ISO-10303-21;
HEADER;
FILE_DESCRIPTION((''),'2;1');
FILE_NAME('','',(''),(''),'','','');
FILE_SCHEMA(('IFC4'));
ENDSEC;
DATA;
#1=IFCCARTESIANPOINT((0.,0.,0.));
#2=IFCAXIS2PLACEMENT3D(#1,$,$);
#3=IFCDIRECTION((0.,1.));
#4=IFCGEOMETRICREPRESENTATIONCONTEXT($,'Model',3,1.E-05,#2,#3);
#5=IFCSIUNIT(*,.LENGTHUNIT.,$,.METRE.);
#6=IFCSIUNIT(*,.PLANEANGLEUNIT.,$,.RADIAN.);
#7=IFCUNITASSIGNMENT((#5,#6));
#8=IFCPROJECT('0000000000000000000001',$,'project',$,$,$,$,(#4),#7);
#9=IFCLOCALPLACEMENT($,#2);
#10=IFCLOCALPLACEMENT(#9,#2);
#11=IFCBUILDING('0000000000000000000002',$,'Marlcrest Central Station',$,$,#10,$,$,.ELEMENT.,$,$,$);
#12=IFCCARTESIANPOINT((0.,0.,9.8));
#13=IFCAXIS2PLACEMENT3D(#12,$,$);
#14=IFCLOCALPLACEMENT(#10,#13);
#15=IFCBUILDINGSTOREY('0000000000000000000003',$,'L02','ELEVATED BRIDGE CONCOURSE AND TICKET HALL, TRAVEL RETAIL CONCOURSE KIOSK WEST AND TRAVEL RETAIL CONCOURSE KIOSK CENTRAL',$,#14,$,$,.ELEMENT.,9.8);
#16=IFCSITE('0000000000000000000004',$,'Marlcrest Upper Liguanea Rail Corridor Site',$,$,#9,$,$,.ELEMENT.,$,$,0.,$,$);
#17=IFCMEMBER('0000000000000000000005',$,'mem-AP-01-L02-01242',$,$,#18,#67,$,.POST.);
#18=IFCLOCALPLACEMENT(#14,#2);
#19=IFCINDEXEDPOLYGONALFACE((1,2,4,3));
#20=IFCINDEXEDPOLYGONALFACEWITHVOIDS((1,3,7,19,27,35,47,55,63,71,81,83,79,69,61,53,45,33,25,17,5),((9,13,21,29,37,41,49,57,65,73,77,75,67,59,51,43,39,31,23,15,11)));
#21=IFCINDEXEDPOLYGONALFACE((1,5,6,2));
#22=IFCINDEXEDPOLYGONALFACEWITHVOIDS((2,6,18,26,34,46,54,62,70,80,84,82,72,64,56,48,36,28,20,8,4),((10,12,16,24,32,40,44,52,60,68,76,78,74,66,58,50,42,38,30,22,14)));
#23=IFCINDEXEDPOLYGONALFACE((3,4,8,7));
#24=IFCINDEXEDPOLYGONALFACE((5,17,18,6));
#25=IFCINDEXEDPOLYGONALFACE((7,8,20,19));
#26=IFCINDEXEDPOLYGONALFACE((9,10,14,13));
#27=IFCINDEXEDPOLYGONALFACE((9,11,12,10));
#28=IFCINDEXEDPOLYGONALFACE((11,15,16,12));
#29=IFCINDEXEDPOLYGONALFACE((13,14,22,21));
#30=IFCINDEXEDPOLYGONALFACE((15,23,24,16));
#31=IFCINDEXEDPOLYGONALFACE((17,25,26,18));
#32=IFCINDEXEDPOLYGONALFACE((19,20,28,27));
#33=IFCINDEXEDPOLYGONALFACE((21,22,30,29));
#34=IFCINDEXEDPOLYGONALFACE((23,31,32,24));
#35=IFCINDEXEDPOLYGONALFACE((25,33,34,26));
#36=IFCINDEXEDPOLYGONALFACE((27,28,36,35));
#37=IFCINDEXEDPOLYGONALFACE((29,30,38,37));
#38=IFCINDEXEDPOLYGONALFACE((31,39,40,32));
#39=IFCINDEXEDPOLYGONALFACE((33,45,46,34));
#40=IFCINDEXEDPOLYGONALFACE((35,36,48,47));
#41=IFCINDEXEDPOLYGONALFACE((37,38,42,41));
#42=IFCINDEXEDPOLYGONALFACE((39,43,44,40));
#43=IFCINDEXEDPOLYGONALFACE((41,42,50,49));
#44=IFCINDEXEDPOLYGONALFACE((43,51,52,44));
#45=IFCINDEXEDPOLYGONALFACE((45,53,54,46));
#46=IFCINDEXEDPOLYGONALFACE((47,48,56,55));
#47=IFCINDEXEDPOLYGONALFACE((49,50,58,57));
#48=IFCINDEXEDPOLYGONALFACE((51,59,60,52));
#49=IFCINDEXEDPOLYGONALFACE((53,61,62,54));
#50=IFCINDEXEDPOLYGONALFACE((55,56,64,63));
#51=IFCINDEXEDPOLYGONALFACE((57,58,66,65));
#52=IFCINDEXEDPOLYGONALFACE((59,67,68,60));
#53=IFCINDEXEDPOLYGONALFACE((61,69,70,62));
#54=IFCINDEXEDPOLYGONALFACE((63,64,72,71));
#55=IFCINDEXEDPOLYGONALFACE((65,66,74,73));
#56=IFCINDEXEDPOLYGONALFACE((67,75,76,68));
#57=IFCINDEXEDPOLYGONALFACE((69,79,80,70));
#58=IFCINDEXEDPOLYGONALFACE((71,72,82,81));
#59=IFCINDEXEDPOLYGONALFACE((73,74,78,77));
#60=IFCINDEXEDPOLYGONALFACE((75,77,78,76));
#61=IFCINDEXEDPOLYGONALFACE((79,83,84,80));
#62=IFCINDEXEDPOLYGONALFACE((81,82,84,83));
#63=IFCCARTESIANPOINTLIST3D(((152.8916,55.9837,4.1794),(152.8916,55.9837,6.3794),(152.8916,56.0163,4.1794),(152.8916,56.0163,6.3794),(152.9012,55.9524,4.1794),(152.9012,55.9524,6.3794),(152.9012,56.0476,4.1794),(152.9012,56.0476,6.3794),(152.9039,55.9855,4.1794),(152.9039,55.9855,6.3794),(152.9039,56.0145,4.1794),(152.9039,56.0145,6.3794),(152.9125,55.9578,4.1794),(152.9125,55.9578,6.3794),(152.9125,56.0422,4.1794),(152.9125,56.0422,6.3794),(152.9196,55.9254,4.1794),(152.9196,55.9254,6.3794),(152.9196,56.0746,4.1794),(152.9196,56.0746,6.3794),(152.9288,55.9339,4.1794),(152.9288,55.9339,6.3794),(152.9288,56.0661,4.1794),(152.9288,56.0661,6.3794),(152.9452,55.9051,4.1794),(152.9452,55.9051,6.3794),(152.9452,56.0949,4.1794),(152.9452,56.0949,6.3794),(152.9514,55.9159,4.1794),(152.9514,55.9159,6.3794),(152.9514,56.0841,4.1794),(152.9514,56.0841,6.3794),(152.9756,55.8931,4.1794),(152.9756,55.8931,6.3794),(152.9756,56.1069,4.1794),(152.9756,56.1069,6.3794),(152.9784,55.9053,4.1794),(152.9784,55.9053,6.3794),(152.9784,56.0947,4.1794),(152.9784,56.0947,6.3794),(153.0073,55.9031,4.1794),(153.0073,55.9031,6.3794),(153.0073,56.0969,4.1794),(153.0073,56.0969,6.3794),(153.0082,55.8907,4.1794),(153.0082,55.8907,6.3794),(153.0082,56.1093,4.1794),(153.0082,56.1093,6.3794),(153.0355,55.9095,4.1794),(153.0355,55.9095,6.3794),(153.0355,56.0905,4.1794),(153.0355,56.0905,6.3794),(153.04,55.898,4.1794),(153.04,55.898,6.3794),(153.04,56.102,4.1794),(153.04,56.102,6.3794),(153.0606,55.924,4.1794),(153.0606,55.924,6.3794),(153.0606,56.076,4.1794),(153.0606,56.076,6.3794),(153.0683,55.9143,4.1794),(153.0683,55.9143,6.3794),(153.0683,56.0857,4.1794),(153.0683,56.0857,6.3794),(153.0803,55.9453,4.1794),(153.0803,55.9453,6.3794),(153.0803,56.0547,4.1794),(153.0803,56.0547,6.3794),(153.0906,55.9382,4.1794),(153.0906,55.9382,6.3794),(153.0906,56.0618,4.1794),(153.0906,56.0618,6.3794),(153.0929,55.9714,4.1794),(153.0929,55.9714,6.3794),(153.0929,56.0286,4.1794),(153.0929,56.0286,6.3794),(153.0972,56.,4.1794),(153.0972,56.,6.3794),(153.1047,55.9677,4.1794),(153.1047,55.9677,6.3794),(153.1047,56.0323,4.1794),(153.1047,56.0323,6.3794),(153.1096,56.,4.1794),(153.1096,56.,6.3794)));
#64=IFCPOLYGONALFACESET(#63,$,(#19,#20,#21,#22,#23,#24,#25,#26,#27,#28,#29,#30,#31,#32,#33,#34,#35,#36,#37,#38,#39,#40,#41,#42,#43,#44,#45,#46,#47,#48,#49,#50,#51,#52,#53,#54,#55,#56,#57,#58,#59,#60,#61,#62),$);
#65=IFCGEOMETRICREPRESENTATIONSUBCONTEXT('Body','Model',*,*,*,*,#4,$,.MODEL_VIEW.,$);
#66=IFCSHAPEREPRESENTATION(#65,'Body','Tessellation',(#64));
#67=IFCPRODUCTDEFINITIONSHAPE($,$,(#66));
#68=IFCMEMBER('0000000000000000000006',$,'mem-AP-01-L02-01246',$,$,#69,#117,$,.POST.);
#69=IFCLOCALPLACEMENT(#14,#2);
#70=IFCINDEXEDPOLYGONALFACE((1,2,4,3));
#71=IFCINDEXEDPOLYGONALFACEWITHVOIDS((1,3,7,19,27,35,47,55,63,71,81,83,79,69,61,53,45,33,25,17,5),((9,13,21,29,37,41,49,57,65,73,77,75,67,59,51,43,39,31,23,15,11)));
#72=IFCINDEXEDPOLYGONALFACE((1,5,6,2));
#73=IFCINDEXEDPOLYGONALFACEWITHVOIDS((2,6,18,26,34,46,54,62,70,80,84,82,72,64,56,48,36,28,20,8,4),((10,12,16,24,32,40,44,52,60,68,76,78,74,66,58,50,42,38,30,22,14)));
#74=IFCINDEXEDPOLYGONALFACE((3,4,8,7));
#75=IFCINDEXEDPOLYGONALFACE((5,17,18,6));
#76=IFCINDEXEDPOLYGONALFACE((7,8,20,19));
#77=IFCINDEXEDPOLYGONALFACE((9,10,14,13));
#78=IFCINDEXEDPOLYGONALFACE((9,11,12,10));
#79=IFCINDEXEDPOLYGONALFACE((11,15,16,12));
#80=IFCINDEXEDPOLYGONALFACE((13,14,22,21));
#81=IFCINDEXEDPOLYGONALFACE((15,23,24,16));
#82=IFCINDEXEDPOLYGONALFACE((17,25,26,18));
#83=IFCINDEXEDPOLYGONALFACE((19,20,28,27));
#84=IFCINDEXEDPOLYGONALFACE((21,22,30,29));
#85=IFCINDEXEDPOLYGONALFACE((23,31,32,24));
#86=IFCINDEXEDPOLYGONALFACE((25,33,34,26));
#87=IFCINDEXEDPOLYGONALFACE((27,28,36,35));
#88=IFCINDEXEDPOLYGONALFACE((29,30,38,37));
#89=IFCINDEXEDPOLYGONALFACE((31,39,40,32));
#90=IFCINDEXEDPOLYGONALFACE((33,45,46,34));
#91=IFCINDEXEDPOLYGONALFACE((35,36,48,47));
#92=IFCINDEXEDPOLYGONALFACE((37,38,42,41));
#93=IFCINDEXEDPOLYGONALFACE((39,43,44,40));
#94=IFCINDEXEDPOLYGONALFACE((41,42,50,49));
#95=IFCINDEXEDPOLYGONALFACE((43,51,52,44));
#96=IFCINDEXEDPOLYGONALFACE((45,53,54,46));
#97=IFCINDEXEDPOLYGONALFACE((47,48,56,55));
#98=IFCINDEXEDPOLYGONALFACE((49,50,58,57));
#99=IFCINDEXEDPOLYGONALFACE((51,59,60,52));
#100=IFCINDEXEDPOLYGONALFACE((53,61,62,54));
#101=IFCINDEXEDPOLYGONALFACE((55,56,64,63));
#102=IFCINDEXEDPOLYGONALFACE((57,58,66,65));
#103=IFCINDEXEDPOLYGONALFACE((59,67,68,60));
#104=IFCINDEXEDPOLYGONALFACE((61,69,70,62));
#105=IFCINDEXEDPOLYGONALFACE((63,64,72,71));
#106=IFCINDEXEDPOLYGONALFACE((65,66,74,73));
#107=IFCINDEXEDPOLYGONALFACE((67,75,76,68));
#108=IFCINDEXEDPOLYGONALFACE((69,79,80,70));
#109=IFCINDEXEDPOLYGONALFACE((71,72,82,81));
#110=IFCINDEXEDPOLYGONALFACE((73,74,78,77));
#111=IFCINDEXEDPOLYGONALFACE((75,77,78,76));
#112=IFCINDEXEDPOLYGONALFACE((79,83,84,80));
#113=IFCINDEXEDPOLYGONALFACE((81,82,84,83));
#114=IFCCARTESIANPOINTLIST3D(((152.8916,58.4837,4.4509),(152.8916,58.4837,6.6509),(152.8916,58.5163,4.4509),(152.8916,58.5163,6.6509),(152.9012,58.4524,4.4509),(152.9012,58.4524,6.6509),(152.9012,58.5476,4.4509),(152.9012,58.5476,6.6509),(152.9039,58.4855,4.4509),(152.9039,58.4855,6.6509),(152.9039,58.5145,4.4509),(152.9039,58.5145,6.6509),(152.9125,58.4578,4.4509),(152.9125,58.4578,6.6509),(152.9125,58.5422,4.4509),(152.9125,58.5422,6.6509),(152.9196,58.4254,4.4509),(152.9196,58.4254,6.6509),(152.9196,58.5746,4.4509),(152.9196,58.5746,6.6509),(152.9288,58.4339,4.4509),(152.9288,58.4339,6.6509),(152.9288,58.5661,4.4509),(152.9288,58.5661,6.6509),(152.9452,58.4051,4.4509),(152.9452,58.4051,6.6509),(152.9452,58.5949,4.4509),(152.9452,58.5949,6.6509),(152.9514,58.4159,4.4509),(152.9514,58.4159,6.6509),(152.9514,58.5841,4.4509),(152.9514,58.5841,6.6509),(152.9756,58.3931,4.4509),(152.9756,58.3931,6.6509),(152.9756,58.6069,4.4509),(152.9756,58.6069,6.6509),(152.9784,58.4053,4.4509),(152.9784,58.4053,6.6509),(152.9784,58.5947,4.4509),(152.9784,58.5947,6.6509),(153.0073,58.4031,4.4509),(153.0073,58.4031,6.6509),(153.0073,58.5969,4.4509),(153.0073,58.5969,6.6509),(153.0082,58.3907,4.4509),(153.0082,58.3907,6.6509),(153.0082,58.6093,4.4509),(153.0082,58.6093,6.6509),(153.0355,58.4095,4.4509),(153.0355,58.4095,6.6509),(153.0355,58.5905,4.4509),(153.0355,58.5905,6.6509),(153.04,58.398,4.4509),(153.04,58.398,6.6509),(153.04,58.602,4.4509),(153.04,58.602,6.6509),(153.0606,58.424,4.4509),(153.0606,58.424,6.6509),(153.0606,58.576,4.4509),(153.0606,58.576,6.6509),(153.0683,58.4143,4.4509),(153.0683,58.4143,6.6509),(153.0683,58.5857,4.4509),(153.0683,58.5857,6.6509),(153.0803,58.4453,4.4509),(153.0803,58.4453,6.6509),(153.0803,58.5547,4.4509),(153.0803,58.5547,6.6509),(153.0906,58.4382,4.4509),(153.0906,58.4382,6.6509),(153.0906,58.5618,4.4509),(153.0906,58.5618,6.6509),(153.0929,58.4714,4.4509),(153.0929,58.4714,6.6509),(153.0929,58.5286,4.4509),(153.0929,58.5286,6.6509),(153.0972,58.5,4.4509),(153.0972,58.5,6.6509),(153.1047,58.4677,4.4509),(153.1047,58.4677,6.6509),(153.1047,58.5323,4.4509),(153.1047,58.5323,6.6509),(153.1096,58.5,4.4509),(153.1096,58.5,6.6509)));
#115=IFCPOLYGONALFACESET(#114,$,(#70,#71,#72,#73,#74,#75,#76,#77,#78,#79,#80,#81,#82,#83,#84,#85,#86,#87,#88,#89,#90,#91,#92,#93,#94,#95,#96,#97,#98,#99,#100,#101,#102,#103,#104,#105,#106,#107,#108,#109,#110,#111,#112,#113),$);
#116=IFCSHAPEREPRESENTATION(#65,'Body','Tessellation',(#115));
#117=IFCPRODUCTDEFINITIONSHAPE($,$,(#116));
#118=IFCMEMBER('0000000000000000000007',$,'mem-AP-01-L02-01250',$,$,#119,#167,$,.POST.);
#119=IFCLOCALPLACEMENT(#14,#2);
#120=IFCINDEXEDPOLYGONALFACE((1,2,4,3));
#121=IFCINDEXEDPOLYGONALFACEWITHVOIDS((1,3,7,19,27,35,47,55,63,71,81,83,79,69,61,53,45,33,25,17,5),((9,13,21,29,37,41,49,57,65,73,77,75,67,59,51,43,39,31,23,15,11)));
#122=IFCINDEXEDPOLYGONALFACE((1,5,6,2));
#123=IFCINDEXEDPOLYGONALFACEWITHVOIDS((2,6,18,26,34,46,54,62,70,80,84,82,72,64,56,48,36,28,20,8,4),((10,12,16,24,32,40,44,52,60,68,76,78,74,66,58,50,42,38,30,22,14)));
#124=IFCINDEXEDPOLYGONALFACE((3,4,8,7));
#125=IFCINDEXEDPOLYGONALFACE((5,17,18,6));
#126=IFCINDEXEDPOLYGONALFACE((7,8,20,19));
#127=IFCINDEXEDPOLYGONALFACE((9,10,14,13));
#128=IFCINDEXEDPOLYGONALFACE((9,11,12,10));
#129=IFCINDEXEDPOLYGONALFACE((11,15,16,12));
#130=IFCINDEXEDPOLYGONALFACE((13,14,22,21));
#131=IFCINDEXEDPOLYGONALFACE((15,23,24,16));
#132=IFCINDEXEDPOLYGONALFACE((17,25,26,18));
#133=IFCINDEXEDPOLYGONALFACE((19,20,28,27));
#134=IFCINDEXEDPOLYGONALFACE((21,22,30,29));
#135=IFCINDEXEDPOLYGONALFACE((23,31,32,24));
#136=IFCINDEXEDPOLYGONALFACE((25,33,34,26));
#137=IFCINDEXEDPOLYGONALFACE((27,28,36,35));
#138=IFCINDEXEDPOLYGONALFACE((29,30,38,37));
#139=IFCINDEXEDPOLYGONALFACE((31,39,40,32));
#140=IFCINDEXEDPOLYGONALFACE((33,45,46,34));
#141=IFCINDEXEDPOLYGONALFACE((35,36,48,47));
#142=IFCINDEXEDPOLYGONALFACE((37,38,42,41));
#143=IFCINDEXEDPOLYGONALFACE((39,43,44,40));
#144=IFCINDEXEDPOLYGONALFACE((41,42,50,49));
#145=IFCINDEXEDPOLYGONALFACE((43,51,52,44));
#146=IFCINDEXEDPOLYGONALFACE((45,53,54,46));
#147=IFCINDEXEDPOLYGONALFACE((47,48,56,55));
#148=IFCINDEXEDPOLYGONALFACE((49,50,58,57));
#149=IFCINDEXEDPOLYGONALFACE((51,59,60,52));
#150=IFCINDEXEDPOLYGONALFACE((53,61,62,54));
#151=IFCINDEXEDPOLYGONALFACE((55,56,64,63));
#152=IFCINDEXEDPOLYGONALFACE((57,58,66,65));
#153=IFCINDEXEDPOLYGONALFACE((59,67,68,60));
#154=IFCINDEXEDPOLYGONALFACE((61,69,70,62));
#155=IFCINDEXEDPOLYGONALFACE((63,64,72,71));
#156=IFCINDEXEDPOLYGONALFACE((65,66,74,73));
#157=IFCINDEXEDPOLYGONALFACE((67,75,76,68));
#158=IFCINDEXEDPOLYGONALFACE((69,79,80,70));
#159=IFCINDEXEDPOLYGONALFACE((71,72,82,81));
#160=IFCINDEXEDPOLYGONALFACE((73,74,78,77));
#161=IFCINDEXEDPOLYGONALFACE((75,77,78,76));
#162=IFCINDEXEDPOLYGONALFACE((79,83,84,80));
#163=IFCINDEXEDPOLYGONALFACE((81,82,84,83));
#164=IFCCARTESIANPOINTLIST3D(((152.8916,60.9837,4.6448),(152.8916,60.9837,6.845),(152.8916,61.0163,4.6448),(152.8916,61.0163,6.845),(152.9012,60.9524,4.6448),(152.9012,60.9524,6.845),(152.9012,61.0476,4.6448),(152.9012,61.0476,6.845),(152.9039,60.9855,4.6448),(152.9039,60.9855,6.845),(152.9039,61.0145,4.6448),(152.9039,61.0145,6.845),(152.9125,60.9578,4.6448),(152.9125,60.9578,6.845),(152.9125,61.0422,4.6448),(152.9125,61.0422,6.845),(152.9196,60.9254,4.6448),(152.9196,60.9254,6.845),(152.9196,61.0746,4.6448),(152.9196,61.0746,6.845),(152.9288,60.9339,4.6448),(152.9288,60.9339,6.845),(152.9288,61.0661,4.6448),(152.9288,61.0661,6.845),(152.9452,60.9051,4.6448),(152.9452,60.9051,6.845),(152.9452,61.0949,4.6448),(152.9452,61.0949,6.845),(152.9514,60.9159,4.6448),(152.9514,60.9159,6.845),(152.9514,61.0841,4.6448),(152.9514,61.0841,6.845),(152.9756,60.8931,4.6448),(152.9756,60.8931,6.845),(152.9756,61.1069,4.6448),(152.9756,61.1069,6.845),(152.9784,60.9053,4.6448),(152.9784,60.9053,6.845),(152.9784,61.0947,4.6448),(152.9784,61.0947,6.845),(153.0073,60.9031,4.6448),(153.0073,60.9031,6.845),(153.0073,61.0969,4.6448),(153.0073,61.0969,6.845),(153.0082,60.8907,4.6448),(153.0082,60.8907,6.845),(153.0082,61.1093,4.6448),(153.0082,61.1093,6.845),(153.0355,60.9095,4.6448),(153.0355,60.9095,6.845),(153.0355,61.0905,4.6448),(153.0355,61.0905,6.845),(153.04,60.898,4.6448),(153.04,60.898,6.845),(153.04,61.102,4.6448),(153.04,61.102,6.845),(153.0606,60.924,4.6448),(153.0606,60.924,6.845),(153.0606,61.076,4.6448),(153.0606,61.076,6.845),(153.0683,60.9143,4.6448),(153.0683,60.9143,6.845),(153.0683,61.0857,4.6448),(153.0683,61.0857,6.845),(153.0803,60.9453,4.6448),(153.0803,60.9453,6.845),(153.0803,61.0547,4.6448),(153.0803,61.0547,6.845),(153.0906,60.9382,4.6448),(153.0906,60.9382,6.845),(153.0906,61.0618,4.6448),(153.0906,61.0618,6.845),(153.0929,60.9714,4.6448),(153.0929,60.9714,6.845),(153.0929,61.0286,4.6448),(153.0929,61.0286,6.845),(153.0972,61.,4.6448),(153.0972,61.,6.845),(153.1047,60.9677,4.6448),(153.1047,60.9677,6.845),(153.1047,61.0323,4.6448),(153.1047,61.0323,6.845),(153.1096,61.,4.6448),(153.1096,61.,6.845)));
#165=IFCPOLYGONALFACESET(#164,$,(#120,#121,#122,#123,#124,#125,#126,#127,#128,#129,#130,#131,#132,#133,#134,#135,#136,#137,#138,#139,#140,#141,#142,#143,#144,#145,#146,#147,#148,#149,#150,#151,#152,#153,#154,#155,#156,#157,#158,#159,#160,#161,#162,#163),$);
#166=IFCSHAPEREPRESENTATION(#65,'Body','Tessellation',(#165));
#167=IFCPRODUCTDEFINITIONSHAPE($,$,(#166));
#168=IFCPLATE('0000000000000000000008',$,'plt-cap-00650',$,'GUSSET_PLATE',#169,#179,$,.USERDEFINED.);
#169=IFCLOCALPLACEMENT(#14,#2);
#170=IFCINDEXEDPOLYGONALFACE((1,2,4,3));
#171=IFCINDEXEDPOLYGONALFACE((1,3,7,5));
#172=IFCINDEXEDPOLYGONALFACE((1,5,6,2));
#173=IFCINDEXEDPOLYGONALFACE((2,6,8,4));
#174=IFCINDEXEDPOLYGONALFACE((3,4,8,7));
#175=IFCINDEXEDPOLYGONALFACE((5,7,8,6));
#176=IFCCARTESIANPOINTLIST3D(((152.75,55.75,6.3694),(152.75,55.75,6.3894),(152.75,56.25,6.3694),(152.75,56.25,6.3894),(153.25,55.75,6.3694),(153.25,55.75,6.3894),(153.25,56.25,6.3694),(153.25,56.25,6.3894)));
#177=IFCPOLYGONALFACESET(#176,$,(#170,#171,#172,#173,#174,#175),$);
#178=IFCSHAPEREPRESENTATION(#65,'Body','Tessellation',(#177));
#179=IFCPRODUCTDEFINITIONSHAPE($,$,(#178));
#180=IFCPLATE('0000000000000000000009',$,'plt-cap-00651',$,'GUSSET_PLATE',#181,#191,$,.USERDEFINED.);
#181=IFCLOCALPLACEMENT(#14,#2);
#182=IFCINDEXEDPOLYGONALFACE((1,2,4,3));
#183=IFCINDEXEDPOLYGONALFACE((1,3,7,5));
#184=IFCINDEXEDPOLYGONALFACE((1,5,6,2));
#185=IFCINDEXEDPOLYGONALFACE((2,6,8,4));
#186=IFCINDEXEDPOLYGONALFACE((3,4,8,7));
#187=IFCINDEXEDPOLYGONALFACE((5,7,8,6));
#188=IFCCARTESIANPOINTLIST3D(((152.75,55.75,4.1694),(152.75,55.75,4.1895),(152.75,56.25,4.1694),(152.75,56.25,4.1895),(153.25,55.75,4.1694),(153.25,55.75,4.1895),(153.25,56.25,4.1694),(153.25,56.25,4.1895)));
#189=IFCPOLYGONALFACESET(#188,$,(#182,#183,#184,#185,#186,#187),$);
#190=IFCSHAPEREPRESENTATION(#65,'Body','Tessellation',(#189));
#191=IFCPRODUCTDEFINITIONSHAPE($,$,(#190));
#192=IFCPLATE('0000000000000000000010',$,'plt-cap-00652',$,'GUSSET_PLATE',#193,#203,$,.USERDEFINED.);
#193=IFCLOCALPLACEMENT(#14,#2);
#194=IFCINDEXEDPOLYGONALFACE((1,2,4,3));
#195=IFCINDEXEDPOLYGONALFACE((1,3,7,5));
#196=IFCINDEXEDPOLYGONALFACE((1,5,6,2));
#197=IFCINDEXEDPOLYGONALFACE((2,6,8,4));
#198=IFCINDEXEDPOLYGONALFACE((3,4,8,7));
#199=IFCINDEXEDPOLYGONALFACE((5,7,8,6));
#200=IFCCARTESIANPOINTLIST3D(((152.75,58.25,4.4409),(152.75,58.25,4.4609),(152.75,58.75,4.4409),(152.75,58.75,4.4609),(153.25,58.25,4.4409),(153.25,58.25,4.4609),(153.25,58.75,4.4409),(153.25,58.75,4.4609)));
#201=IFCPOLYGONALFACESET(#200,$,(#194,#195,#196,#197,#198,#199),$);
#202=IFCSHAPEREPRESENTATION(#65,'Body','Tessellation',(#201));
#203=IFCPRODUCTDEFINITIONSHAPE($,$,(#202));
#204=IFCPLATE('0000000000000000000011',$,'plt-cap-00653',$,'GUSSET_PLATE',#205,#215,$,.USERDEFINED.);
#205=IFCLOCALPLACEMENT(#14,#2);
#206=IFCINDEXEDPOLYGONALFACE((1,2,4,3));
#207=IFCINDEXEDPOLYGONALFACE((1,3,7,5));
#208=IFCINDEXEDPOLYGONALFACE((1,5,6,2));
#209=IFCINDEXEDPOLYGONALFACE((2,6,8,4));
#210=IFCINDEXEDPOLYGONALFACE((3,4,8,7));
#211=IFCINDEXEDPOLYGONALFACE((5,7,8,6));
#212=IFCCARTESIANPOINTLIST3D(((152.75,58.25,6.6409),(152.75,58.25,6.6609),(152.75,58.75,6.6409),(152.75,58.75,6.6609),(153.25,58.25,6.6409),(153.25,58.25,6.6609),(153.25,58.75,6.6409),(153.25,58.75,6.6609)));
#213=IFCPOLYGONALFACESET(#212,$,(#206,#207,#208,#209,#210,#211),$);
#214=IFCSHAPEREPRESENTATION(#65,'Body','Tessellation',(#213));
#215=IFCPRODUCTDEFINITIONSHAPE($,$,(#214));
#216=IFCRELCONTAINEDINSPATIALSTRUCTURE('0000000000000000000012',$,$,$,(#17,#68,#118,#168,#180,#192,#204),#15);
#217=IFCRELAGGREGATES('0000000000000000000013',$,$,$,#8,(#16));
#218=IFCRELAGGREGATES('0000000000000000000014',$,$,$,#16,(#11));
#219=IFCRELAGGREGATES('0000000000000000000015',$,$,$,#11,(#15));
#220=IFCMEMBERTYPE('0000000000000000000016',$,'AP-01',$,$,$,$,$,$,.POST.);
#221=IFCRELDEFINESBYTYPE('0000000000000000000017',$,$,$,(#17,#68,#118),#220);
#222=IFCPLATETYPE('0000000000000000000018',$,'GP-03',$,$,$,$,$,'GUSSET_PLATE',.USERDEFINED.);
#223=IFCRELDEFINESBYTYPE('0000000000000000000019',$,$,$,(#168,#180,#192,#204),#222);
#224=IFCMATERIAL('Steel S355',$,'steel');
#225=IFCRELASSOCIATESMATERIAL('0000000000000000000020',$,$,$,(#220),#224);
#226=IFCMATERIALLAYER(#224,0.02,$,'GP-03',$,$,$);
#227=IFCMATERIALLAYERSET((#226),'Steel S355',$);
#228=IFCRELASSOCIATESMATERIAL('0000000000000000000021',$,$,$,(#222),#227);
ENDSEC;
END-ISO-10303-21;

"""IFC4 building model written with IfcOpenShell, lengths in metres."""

from ifc_helpers import new_model, si_unit, direction, frame, origin, origin_2d, place, context, subcontext, project, spatial, rectangle, hollow_circle, extrude, material, layer, layer_set, material_profile, profile_set, type_object, element, save


model = new_model("IFC4")

# Units and contexts
model_context = context("Model", 3, precision=1e-05, world=origin(), true_north=direction((0.0, 1.0)))
body_context = subcontext(model_context, "Body", "Model", "MODEL_VIEW")
ifc_project = project(units=[si_unit("LENGTHUNIT", "METRE"), si_unit("PLANEANGLEUNIT", "RADIAN")], contexts=[model_context])

# Site, building, storey
site_placement = place(None, origin())
site = spatial("IfcSite", under=ifc_project, at=site_placement, Name="Marlcrest Upper Liguanea Rail Corridor Site", CompositionType="ELEMENT", RefElevation=0.0)
building_placement = place(site_placement, origin())
building = spatial("IfcBuilding", under=site, at=building_placement, Name="Marlcrest Central Station", CompositionType="ELEMENT")
storey_placement = place(building_placement, frame((0.0, 0.0, 9.8)))
storey = spatial("IfcBuildingStorey", under=building, at=storey_placement, Name="L02", Description="ELEVATED BRIDGE CONCOURSE AND TICKET HALL, TRAVEL RETAIL CONCOURSE KIOSK WEST AND TRAVEL RETAIL CONCOURSE KIOSK CENTRAL", CompositionType="ELEMENT", Elevation=9.8)

# Members
ifc_material = material(Name="Steel S355", Category="steel")
ifc_material_profile_1 = material_profile(ifc_material, hollow_circle(Radius=0.1096, WallThickness=0.0125, at=origin_2d()), Name="CHS 219.1x12.5")
ifc_profile_set_1 = profile_set([ifc_material_profile_1], Name="Steel S355")
member_type_1 = type_object("IfcMemberType", Name="AP-01", PredefinedType="POST", material=ifc_profile_set_1)
for number, where, z_axis, x_axis, name in (
    (1, (153.0, 56.0, 4.1794), (0.0, 0.0, 1.0), (1.0, 0.0, 0.0), "mem-AP-01-L02-01242"),
    (2, (153.0, 58.5, 4.4509), (0.0, 0.0, 1.0), (1.0, 0.0, 0.0), "mem-AP-01-L02-01246"),
):
    element("IfcMember", number, at=place(storey_placement, frame(where, z_axis=z_axis, x_axis=x_axis)), inside=storey, type_object=member_type_1, Name=name, PredefinedType="POST", context=body_context, shape_type="SweptSolid", body=[
        extrude(hollow_circle(Radius=0.1096, WallThickness=0.0125, at=origin_2d()), origin(), (0.0, 0.0, 1.0), 2.2),
    ])
member_1_placement = place(storey_placement, frame((153.0, 61.0, 4.6448), z_axis=(0.0, 0.0, 1.0), x_axis=(1.0, 0.0, 0.0)))
element("IfcMember", 3, at=member_1_placement, inside=storey, type_object=member_type_1, Name="mem-AP-01-L02-01250", PredefinedType="POST", context=body_context, shape_type="SweptSolid", body=[
    extrude(hollow_circle(Radius=0.1096, WallThickness=0.0125, at=origin_2d()), origin(), (0.0, 0.0, 1.0), 2.2002),
])

# Plates
ifc_layer = layer(ifc_material, 0.02, Name="GP-03")
ifc_layer_set = layer_set([ifc_layer], Name="Steel S355")
plate_type = type_object("IfcPlateType", Name="GP-03", ElementType="GUSSET_PLATE", PredefinedType="USERDEFINED", material=ifc_layer_set)
for number, where, z_axis, x_axis, name in (
    (4, (153.0, 56.0, 6.3694), (0.0, 0.0, 1.0), (1.0, 0.0, 0.0), "plt-cap-00650"),
    (5, (153.0, 56.0, 4.1694), (0.0, 0.0, 1.0), (1.0, 0.0, 0.0), "plt-cap-00651"),
    (6, (153.0, 58.5, 4.4409), (0.0, 0.0, 1.0), (1.0, 0.0, 0.0), "plt-cap-00652"),
    (7, (153.0, 58.5, 6.6409), (0.0, 0.0, 1.0), (1.0, 0.0, 0.0), "plt-cap-00653"),
):
    element("IfcPlate", number, at=place(storey_placement, frame(where, z_axis=z_axis, x_axis=x_axis)), inside=storey, type_object=plate_type, Name=name, ObjectType="GUSSET_PLATE", PredefinedType="USERDEFINED", context=body_context, shape_type="SweptSolid", body=[
        extrude(rectangle(XDim=0.5, YDim=0.5, at=origin_2d()), origin(), (0.0, 0.0, 1.0), 0.02),
    ])

save(model, "model.ifc")
